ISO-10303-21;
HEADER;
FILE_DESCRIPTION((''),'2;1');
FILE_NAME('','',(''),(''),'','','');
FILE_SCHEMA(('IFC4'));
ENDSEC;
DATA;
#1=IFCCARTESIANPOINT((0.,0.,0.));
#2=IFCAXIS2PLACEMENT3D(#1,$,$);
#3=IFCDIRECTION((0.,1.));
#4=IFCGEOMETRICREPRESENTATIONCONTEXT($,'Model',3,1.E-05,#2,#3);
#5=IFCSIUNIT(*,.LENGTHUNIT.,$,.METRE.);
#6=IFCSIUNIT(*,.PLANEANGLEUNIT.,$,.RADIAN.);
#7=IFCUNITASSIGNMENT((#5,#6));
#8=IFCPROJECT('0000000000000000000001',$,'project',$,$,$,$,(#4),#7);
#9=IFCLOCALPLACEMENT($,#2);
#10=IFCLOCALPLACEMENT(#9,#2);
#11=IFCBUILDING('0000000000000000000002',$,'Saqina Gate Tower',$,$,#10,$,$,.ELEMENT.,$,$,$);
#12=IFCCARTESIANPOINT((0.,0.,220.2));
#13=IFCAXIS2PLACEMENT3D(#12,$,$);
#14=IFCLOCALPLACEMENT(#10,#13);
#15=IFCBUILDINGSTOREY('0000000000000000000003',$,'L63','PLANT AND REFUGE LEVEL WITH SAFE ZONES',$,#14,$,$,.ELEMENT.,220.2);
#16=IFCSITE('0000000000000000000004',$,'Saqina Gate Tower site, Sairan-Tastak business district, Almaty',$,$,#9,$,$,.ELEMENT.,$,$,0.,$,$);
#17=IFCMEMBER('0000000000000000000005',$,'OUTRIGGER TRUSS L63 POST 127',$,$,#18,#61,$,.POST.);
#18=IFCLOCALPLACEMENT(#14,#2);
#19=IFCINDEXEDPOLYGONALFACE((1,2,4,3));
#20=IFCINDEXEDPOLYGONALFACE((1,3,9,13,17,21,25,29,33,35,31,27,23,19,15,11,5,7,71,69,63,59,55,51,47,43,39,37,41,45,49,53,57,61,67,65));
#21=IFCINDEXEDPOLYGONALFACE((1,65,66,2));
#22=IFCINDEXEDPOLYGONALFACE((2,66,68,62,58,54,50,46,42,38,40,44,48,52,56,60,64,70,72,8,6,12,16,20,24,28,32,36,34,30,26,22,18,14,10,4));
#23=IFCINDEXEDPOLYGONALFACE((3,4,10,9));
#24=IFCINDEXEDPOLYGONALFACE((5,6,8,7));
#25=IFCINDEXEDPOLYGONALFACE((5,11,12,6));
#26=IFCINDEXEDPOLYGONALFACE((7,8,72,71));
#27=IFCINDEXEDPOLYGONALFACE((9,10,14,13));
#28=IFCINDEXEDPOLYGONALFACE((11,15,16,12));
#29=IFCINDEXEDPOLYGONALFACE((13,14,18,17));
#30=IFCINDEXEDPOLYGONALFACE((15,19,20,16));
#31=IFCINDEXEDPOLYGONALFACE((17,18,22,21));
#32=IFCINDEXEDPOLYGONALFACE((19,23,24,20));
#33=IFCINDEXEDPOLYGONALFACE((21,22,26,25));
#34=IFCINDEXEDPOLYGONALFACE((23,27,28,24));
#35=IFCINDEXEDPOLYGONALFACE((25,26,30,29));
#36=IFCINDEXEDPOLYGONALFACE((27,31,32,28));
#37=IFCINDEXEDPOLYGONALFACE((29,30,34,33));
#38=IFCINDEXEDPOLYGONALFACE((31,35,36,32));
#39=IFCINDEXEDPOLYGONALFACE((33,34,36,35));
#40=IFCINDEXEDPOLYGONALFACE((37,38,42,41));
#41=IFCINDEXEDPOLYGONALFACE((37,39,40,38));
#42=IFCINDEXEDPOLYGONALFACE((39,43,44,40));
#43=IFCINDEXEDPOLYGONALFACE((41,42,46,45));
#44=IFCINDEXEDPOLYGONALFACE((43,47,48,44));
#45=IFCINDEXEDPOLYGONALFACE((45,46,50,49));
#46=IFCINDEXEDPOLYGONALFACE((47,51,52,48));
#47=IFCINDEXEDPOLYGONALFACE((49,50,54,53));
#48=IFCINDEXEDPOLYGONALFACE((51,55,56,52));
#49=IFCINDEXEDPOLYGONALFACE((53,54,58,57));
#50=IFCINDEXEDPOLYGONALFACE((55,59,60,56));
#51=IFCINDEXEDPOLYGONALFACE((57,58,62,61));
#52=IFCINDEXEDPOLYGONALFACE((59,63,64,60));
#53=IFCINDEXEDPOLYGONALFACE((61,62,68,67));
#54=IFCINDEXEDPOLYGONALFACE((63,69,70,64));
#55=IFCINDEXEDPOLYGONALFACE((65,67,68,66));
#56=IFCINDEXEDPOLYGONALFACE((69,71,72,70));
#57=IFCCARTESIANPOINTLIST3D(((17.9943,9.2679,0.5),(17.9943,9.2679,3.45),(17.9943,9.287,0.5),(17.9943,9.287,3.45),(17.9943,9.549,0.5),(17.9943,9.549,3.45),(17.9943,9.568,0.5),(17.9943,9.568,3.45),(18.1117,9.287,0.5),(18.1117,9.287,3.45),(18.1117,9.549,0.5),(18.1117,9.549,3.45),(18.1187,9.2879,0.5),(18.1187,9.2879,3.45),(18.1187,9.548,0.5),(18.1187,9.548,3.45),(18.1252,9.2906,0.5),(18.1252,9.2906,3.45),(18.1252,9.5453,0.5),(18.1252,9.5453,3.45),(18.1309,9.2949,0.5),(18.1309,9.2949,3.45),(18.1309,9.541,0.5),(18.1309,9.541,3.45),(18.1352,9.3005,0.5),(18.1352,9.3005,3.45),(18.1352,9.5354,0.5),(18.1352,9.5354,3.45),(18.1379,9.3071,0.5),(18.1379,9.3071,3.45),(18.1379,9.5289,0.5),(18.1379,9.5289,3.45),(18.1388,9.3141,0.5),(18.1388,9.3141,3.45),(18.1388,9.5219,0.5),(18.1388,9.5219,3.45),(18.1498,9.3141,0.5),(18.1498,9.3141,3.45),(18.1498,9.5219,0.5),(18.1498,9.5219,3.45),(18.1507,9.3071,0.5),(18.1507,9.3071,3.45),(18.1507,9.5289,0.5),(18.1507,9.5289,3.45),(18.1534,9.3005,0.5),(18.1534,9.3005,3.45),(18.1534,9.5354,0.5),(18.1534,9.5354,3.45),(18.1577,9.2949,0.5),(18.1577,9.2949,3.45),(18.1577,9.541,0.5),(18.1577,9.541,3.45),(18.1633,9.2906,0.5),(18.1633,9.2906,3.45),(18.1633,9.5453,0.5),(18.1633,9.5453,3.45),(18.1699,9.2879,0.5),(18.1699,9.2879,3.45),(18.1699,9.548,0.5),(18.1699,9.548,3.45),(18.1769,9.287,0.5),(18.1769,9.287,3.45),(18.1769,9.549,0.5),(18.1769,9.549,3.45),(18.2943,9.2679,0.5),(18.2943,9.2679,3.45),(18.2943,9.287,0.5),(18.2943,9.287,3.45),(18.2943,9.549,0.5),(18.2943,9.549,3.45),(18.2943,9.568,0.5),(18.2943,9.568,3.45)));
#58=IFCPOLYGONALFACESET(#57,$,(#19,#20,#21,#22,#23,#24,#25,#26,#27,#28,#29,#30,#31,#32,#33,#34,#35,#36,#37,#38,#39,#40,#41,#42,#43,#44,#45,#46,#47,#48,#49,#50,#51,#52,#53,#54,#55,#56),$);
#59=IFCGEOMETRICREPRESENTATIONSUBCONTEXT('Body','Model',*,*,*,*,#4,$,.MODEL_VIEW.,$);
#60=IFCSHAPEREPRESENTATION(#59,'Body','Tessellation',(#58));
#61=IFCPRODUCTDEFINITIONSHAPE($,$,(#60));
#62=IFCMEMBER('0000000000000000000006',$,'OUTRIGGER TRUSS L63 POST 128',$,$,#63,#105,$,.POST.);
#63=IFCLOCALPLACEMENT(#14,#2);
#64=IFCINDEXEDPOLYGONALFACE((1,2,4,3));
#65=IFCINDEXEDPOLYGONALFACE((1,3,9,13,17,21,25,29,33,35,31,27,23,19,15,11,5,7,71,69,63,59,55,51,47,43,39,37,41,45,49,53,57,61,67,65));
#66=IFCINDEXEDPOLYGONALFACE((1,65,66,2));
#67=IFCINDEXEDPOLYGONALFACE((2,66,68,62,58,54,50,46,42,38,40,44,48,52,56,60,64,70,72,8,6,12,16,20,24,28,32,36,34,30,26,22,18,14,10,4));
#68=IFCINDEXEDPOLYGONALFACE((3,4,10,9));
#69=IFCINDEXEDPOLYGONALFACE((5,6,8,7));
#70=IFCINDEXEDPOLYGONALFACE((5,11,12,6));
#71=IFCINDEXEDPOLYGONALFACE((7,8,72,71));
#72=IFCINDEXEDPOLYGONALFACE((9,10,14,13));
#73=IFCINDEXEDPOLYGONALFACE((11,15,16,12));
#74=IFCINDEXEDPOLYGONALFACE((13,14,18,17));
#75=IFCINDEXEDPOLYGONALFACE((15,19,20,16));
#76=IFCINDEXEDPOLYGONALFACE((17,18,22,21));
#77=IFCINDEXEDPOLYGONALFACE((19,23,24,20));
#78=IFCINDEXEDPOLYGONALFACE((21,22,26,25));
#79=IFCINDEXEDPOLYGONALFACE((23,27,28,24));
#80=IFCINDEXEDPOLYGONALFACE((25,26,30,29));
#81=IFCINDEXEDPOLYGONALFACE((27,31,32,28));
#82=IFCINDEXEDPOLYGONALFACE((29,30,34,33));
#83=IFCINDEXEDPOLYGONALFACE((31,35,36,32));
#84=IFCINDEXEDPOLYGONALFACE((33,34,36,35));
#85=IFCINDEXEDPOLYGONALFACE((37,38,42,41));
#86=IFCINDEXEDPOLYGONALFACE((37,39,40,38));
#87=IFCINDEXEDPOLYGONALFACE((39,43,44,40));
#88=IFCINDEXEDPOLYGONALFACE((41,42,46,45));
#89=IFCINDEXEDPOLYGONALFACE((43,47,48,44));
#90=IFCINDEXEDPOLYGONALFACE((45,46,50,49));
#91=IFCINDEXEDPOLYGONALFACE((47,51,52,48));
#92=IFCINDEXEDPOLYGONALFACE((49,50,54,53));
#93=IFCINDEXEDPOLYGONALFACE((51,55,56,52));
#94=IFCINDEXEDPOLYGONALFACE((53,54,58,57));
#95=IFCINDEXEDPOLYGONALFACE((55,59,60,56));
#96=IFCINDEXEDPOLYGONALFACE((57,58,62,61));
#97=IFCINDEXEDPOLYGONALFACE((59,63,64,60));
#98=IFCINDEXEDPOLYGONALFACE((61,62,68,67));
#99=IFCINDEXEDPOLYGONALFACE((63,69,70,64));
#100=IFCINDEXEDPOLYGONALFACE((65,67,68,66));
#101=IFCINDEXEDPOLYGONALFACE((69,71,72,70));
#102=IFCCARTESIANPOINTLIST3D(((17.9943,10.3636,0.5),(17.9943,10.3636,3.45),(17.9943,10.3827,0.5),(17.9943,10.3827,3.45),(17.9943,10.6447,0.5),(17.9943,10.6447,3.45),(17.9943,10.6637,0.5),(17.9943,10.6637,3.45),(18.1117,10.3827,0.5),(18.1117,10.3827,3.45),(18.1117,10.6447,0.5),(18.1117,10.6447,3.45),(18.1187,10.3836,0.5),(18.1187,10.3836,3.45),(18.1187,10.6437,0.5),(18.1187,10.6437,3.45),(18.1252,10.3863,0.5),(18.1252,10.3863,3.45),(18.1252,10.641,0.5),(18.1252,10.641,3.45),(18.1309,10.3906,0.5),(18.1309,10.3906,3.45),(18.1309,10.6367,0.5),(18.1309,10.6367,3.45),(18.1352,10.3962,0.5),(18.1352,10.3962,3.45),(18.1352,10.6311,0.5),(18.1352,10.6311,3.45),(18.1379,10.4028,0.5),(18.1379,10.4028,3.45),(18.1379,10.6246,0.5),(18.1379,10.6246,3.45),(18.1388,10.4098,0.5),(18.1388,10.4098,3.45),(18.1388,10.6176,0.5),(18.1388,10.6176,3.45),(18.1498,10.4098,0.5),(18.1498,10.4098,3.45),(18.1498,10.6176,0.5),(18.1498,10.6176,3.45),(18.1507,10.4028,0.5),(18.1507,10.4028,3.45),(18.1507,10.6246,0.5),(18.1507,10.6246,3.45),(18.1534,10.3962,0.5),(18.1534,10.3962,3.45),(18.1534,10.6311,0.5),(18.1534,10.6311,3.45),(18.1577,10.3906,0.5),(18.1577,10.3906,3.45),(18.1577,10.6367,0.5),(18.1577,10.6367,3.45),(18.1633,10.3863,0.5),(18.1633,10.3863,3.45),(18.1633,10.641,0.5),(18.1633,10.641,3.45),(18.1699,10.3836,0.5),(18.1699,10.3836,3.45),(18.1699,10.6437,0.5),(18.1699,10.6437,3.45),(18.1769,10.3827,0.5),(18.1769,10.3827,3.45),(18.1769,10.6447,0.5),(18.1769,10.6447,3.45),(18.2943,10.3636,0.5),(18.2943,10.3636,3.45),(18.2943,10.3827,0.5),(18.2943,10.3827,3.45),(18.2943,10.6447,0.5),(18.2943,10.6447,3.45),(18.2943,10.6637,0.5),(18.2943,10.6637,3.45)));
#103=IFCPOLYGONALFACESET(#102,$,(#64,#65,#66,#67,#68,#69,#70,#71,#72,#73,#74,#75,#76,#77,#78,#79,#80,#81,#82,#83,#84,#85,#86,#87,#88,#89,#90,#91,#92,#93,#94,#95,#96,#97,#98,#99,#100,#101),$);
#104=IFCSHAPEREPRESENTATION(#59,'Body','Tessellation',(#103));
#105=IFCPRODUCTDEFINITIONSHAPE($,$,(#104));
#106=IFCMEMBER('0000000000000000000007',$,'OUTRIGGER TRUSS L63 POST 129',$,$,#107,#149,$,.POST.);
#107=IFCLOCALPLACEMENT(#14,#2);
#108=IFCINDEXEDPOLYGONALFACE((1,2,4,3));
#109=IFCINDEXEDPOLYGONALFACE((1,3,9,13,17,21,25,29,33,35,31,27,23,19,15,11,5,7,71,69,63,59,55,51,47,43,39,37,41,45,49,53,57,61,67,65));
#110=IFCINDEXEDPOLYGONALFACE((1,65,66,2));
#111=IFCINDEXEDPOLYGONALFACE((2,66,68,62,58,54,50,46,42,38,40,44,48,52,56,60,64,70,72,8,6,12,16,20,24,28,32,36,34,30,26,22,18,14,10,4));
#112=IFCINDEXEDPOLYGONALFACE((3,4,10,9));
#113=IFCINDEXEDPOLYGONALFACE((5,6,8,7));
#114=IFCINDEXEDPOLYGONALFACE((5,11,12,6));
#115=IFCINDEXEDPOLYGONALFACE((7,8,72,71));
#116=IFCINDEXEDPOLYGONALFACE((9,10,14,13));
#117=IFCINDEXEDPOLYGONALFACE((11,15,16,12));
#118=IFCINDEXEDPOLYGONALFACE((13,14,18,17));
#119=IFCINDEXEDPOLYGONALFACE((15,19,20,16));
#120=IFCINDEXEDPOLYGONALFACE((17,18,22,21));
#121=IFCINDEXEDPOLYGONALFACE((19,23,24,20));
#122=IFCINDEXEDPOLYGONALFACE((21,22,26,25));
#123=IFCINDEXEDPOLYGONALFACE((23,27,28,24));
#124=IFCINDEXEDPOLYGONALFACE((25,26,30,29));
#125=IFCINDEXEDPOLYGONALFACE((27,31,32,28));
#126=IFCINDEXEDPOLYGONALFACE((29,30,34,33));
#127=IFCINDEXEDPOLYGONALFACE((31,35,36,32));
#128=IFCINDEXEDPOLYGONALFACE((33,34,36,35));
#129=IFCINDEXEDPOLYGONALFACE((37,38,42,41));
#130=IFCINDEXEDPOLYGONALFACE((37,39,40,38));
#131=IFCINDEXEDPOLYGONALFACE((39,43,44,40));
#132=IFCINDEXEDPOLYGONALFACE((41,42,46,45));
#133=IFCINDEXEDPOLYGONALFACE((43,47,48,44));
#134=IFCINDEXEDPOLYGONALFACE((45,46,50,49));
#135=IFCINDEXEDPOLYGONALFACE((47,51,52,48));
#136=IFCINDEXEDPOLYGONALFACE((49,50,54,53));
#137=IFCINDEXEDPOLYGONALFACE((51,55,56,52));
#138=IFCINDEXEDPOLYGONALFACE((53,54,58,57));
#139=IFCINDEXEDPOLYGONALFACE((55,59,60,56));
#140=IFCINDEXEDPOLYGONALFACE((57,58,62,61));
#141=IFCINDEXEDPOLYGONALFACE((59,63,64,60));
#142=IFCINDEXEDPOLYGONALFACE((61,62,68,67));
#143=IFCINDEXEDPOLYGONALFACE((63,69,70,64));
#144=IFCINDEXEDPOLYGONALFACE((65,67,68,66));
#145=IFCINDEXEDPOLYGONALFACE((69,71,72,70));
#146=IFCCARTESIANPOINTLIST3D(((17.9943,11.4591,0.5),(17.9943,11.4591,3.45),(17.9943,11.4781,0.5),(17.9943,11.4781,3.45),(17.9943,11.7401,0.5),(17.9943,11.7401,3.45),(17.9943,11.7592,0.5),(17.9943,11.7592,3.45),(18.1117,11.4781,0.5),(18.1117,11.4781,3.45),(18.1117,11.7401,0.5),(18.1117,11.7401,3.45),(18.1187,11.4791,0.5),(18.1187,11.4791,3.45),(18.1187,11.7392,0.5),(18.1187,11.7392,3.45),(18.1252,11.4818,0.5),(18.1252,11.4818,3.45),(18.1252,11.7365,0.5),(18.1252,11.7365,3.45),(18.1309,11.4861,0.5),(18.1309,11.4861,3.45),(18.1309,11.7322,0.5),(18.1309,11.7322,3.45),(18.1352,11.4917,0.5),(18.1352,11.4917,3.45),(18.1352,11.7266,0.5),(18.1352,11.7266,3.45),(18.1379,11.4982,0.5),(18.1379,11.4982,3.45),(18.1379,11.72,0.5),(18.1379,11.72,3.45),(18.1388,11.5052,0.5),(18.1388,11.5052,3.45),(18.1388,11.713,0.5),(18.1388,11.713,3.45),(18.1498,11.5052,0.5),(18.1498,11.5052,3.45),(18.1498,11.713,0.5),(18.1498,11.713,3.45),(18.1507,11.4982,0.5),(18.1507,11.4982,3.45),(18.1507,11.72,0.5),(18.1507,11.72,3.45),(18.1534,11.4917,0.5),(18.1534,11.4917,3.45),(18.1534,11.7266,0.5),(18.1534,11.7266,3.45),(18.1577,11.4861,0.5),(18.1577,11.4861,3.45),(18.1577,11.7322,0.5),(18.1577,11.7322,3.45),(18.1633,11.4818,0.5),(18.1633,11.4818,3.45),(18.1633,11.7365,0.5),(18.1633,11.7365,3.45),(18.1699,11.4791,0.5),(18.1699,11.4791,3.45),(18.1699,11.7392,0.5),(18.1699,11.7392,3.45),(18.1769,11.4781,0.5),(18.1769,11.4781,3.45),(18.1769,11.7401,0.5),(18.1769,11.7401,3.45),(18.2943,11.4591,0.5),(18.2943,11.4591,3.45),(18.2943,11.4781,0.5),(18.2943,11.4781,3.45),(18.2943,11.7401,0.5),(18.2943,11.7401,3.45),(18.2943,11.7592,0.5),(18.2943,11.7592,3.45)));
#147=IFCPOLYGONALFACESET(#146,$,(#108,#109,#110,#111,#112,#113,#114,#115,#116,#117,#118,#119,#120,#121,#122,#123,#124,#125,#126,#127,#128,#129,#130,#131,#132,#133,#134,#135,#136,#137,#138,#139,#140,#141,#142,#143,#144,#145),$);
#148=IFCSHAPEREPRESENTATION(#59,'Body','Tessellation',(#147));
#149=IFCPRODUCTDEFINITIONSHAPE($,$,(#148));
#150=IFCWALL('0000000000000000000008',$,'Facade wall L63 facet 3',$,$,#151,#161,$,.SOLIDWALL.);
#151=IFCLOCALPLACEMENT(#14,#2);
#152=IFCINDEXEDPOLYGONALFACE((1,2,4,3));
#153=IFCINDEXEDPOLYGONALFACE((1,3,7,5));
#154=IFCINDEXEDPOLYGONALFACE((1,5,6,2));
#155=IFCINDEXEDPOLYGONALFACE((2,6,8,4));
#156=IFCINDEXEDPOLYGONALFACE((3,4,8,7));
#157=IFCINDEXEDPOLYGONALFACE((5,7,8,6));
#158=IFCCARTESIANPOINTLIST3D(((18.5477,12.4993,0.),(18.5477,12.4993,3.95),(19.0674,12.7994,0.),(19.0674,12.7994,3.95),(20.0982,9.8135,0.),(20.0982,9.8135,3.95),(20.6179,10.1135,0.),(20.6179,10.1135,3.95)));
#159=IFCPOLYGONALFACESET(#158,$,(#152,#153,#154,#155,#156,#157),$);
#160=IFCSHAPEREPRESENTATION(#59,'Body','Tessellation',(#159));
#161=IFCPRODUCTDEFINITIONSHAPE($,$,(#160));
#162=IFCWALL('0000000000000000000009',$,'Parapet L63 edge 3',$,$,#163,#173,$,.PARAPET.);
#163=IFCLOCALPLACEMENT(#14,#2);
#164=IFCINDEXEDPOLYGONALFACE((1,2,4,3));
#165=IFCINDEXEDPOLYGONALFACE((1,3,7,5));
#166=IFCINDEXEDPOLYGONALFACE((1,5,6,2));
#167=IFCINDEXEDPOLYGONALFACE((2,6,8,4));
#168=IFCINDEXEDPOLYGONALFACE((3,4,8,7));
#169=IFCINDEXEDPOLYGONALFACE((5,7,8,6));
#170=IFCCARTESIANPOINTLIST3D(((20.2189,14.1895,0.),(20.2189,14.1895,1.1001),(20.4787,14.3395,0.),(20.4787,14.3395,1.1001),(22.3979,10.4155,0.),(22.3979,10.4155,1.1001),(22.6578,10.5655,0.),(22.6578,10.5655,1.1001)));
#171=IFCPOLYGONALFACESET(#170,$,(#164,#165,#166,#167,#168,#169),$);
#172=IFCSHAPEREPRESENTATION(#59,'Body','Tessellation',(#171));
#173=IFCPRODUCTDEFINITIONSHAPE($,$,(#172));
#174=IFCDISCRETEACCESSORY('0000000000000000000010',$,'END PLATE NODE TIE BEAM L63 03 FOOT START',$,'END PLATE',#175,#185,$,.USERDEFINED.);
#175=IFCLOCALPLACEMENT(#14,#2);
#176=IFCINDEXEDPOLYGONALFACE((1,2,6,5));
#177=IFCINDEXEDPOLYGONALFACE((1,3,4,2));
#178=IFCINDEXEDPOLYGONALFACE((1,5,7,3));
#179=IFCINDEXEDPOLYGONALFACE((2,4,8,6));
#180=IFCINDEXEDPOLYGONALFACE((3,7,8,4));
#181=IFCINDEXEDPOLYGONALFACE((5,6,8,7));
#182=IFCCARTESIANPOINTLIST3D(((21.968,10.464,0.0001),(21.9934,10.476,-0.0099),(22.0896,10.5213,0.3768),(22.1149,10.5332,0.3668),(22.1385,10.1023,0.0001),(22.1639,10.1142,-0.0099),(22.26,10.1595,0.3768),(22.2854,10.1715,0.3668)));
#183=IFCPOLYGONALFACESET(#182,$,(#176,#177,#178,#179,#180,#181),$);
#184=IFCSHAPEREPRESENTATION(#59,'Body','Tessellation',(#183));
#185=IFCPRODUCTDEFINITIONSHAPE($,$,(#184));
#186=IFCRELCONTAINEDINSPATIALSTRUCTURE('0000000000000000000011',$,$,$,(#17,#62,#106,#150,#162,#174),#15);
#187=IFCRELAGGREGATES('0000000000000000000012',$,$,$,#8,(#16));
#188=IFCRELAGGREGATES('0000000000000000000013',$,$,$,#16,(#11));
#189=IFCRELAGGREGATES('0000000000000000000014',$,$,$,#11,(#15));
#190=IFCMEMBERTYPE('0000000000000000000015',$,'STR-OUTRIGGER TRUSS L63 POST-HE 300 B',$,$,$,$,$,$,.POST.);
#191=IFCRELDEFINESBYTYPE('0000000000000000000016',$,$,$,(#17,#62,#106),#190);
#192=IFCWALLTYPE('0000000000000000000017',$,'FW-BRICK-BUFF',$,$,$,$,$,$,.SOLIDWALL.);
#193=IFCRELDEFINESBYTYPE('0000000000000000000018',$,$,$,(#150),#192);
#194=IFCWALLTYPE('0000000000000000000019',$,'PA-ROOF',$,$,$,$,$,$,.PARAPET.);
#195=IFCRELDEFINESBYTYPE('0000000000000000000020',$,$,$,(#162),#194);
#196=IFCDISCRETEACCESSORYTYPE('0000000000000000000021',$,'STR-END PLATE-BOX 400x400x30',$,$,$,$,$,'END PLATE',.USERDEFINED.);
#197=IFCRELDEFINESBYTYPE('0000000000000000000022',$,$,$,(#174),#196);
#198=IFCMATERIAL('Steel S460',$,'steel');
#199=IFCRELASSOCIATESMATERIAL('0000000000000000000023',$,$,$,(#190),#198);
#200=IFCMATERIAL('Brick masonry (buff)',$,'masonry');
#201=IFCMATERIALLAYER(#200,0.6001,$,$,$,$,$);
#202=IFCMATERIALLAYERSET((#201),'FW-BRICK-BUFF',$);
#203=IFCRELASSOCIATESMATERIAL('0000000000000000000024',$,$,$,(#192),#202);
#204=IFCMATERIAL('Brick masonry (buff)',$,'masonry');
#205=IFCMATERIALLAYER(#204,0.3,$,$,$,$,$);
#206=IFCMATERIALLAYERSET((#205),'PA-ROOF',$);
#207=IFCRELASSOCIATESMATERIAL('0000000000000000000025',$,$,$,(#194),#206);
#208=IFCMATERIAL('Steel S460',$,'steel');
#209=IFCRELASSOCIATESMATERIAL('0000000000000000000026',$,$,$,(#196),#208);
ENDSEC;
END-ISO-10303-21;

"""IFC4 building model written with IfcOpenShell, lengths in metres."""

from ifc_helpers import new_model, si_unit, direction, frame, frame_2d, origin, origin_2d, place, context, subcontext, project, spatial, rectangle, i_section, extrude, material, layer, layer_set, material_profile, profile_set, type_object, element, save


model = new_model("IFC4")

# Units and contexts
model_context = context("Model", 3, precision=1e-05, world=origin(), true_north=direction((0.0, 1.0)))
body_context = subcontext(model_context, "Body", "Model", "MODEL_VIEW")
ifc_project = project(units=[si_unit("LENGTHUNIT", "METRE"), si_unit("PLANEANGLEUNIT", "RADIAN")], contexts=[model_context])

# Site, building, storey
site_placement = place(None, origin())
site = spatial("IfcSite", under=ifc_project, at=site_placement, Name="Saqina Gate Tower site, Sairan-Tastak business district, Almaty", CompositionType="ELEMENT", RefElevation=0.0)
building_placement = place(site_placement, origin())
building = spatial("IfcBuilding", under=site, at=building_placement, Name="Saqina Gate Tower", CompositionType="ELEMENT")
storey_placement = place(building_placement, frame((0.0, 0.0, 220.2)))
storey = spatial("IfcBuildingStorey", under=building, at=storey_placement, Name="L63", Description="PLANT AND REFUGE LEVEL WITH SAFE ZONES", CompositionType="ELEMENT", Elevation=220.2)

# Members
ifc_material_1 = material(Name="Steel S460", Category="steel")
ifc_material_profile_1 = material_profile(ifc_material_1, i_section(OverallWidth=0.3, OverallDepth=0.3, WebThickness=0.011, FlangeThickness=0.019, FilletRadius=0.0271, at=origin_2d()), Name="HE 300 B")
ifc_profile_set_1 = profile_set([ifc_material_profile_1], Name="Steel S460")
member_type_1 = type_object("IfcMemberType", Name="STR-OUTRIGGER TRUSS L63 POST-HE 300 B", PredefinedType="POST", material=ifc_profile_set_1)
for number, where, z_axis, x_axis, name in (
    (1, (18.1443, 9.418, 0.5), (0.0, 0.0, 1.0), (1.0, 0.0, 0.0), "OUTRIGGER TRUSS L63 POST 127"),
    (2, (18.1443, 10.5137, 0.5), (0.0, 0.0, 1.0), (1.0, 0.0, 0.0), "OUTRIGGER TRUSS L63 POST 128"),
    (3, (18.1443, 11.6091, 0.5), (0.0, 0.0, 1.0), (1.0, 0.0, 0.0), "OUTRIGGER TRUSS L63 POST 129"),
):
    element("IfcMember", number, at=place(storey_placement, frame(where, z_axis=z_axis, x_axis=x_axis)), inside=storey, type_object=member_type_1, Name=name, PredefinedType="POST", context=body_context, shape_type="SweptSolid", body=[
        extrude(i_section(OverallWidth=0.3, OverallDepth=0.3, WebThickness=0.011, FlangeThickness=0.019, FilletRadius=0.0271, at=origin_2d()), origin(), (0.0, 0.0, 1.0), 2.95),
    ])

# Walls
ifc_material_2 = material(Name="Brick masonry (buff)", Category="masonry")
ifc_layer_1 = layer(ifc_material_2, 0.6001)
ifc_layer_set_1 = layer_set([ifc_layer_1], Name="FW-BRICK-BUFF")
wall_type_1 = type_object("IfcWallType", Name="FW-BRICK-BUFF", PredefinedType="SOLIDWALL", material=ifc_layer_set_1)
wall_1_placement = place(storey_placement, frame((20.3582, 9.9634, 0.0), z_axis=(0.0, 0.0, 1.0), x_axis=(-0.499975, 0.86604, 0.0)))
element("IfcWall", 4, at=wall_1_placement, inside=storey, type_object=wall_type_1, Name="Facade wall L63 facet 3", PredefinedType="SOLIDWALL", context=body_context, shape_type="SweptSolid", body=[
    extrude(rectangle(XDim=3.1013, YDim=0.6001, at=frame_2d((1.5508, 0.0))), origin(), (0.0, 0.0, 1.0), 3.95),
])
ifc_material_3 = material(Name="Brick masonry (buff)", Category="masonry")
ifc_layer_2 = layer(ifc_material_3, 0.3)
ifc_layer_set_2 = layer_set([ifc_layer_2], Name="PA-ROOF")
wall_type_2 = type_object("IfcWallType", Name="PA-ROOF", PredefinedType="PARAPET", material=ifc_layer_set_2)
wall_2_placement = place(storey_placement, frame((22.5278, 10.4905, 0.0), z_axis=(0.0, 0.0, 1.0), x_axis=(-0.500013, 0.866018, 0.0)))
element("IfcWall", 5, at=wall_2_placement, inside=storey, type_object=wall_type_2, Name="Parapet L63 edge 3", PredefinedType="PARAPET", context=body_context, shape_type="SweptSolid", body=[
    extrude(rectangle(XDim=4.3579, YDim=0.3, at=frame_2d((2.179, 0.0))), origin(), (0.0, 0.0, 1.0), 1.1001),
])

# Discrete accessory
ifc_material_4 = material(Name="Steel S460", Category="steel")
ifc_material_profile_2 = material_profile(ifc_material_4, rectangle(XDim=0.3999, YDim=0.3999, at=origin_2d()), Name="STR-END PLATE-BOX 400x400x30")
ifc_profile_set_2 = profile_set([ifc_material_profile_2], Name="Steel S460")
discrete_accessory_type_1 = type_object("IfcDiscreteAccessoryType", Name="STR-END PLATE-BOX 400x400x30", ElementType="END PLATE", PredefinedType="USERDEFINED", material=ifc_profile_set_2)
discrete_accessory_1_placement = place(storey_placement, frame((22.114, 10.3118, 0.1885), z_axis=(0.852058, 0.401451, -0.335908), x_axis=(0.426216, -0.904621, 0.000001)))
element("IfcDiscreteAccessory", 6, at=discrete_accessory_1_placement, inside=storey, type_object=discrete_accessory_type_1, Name="END PLATE NODE TIE BEAM L63 03 FOOT START", ObjectType="END PLATE", PredefinedType="USERDEFINED", context=body_context, shape_type="SweptSolid", body=[
    extrude(rectangle(XDim=0.3999, YDim=0.3999, at=origin_2d()), origin(), (0.0, 0.0, 1.0), 0.0298),
])

save(model, "model.ifc")
